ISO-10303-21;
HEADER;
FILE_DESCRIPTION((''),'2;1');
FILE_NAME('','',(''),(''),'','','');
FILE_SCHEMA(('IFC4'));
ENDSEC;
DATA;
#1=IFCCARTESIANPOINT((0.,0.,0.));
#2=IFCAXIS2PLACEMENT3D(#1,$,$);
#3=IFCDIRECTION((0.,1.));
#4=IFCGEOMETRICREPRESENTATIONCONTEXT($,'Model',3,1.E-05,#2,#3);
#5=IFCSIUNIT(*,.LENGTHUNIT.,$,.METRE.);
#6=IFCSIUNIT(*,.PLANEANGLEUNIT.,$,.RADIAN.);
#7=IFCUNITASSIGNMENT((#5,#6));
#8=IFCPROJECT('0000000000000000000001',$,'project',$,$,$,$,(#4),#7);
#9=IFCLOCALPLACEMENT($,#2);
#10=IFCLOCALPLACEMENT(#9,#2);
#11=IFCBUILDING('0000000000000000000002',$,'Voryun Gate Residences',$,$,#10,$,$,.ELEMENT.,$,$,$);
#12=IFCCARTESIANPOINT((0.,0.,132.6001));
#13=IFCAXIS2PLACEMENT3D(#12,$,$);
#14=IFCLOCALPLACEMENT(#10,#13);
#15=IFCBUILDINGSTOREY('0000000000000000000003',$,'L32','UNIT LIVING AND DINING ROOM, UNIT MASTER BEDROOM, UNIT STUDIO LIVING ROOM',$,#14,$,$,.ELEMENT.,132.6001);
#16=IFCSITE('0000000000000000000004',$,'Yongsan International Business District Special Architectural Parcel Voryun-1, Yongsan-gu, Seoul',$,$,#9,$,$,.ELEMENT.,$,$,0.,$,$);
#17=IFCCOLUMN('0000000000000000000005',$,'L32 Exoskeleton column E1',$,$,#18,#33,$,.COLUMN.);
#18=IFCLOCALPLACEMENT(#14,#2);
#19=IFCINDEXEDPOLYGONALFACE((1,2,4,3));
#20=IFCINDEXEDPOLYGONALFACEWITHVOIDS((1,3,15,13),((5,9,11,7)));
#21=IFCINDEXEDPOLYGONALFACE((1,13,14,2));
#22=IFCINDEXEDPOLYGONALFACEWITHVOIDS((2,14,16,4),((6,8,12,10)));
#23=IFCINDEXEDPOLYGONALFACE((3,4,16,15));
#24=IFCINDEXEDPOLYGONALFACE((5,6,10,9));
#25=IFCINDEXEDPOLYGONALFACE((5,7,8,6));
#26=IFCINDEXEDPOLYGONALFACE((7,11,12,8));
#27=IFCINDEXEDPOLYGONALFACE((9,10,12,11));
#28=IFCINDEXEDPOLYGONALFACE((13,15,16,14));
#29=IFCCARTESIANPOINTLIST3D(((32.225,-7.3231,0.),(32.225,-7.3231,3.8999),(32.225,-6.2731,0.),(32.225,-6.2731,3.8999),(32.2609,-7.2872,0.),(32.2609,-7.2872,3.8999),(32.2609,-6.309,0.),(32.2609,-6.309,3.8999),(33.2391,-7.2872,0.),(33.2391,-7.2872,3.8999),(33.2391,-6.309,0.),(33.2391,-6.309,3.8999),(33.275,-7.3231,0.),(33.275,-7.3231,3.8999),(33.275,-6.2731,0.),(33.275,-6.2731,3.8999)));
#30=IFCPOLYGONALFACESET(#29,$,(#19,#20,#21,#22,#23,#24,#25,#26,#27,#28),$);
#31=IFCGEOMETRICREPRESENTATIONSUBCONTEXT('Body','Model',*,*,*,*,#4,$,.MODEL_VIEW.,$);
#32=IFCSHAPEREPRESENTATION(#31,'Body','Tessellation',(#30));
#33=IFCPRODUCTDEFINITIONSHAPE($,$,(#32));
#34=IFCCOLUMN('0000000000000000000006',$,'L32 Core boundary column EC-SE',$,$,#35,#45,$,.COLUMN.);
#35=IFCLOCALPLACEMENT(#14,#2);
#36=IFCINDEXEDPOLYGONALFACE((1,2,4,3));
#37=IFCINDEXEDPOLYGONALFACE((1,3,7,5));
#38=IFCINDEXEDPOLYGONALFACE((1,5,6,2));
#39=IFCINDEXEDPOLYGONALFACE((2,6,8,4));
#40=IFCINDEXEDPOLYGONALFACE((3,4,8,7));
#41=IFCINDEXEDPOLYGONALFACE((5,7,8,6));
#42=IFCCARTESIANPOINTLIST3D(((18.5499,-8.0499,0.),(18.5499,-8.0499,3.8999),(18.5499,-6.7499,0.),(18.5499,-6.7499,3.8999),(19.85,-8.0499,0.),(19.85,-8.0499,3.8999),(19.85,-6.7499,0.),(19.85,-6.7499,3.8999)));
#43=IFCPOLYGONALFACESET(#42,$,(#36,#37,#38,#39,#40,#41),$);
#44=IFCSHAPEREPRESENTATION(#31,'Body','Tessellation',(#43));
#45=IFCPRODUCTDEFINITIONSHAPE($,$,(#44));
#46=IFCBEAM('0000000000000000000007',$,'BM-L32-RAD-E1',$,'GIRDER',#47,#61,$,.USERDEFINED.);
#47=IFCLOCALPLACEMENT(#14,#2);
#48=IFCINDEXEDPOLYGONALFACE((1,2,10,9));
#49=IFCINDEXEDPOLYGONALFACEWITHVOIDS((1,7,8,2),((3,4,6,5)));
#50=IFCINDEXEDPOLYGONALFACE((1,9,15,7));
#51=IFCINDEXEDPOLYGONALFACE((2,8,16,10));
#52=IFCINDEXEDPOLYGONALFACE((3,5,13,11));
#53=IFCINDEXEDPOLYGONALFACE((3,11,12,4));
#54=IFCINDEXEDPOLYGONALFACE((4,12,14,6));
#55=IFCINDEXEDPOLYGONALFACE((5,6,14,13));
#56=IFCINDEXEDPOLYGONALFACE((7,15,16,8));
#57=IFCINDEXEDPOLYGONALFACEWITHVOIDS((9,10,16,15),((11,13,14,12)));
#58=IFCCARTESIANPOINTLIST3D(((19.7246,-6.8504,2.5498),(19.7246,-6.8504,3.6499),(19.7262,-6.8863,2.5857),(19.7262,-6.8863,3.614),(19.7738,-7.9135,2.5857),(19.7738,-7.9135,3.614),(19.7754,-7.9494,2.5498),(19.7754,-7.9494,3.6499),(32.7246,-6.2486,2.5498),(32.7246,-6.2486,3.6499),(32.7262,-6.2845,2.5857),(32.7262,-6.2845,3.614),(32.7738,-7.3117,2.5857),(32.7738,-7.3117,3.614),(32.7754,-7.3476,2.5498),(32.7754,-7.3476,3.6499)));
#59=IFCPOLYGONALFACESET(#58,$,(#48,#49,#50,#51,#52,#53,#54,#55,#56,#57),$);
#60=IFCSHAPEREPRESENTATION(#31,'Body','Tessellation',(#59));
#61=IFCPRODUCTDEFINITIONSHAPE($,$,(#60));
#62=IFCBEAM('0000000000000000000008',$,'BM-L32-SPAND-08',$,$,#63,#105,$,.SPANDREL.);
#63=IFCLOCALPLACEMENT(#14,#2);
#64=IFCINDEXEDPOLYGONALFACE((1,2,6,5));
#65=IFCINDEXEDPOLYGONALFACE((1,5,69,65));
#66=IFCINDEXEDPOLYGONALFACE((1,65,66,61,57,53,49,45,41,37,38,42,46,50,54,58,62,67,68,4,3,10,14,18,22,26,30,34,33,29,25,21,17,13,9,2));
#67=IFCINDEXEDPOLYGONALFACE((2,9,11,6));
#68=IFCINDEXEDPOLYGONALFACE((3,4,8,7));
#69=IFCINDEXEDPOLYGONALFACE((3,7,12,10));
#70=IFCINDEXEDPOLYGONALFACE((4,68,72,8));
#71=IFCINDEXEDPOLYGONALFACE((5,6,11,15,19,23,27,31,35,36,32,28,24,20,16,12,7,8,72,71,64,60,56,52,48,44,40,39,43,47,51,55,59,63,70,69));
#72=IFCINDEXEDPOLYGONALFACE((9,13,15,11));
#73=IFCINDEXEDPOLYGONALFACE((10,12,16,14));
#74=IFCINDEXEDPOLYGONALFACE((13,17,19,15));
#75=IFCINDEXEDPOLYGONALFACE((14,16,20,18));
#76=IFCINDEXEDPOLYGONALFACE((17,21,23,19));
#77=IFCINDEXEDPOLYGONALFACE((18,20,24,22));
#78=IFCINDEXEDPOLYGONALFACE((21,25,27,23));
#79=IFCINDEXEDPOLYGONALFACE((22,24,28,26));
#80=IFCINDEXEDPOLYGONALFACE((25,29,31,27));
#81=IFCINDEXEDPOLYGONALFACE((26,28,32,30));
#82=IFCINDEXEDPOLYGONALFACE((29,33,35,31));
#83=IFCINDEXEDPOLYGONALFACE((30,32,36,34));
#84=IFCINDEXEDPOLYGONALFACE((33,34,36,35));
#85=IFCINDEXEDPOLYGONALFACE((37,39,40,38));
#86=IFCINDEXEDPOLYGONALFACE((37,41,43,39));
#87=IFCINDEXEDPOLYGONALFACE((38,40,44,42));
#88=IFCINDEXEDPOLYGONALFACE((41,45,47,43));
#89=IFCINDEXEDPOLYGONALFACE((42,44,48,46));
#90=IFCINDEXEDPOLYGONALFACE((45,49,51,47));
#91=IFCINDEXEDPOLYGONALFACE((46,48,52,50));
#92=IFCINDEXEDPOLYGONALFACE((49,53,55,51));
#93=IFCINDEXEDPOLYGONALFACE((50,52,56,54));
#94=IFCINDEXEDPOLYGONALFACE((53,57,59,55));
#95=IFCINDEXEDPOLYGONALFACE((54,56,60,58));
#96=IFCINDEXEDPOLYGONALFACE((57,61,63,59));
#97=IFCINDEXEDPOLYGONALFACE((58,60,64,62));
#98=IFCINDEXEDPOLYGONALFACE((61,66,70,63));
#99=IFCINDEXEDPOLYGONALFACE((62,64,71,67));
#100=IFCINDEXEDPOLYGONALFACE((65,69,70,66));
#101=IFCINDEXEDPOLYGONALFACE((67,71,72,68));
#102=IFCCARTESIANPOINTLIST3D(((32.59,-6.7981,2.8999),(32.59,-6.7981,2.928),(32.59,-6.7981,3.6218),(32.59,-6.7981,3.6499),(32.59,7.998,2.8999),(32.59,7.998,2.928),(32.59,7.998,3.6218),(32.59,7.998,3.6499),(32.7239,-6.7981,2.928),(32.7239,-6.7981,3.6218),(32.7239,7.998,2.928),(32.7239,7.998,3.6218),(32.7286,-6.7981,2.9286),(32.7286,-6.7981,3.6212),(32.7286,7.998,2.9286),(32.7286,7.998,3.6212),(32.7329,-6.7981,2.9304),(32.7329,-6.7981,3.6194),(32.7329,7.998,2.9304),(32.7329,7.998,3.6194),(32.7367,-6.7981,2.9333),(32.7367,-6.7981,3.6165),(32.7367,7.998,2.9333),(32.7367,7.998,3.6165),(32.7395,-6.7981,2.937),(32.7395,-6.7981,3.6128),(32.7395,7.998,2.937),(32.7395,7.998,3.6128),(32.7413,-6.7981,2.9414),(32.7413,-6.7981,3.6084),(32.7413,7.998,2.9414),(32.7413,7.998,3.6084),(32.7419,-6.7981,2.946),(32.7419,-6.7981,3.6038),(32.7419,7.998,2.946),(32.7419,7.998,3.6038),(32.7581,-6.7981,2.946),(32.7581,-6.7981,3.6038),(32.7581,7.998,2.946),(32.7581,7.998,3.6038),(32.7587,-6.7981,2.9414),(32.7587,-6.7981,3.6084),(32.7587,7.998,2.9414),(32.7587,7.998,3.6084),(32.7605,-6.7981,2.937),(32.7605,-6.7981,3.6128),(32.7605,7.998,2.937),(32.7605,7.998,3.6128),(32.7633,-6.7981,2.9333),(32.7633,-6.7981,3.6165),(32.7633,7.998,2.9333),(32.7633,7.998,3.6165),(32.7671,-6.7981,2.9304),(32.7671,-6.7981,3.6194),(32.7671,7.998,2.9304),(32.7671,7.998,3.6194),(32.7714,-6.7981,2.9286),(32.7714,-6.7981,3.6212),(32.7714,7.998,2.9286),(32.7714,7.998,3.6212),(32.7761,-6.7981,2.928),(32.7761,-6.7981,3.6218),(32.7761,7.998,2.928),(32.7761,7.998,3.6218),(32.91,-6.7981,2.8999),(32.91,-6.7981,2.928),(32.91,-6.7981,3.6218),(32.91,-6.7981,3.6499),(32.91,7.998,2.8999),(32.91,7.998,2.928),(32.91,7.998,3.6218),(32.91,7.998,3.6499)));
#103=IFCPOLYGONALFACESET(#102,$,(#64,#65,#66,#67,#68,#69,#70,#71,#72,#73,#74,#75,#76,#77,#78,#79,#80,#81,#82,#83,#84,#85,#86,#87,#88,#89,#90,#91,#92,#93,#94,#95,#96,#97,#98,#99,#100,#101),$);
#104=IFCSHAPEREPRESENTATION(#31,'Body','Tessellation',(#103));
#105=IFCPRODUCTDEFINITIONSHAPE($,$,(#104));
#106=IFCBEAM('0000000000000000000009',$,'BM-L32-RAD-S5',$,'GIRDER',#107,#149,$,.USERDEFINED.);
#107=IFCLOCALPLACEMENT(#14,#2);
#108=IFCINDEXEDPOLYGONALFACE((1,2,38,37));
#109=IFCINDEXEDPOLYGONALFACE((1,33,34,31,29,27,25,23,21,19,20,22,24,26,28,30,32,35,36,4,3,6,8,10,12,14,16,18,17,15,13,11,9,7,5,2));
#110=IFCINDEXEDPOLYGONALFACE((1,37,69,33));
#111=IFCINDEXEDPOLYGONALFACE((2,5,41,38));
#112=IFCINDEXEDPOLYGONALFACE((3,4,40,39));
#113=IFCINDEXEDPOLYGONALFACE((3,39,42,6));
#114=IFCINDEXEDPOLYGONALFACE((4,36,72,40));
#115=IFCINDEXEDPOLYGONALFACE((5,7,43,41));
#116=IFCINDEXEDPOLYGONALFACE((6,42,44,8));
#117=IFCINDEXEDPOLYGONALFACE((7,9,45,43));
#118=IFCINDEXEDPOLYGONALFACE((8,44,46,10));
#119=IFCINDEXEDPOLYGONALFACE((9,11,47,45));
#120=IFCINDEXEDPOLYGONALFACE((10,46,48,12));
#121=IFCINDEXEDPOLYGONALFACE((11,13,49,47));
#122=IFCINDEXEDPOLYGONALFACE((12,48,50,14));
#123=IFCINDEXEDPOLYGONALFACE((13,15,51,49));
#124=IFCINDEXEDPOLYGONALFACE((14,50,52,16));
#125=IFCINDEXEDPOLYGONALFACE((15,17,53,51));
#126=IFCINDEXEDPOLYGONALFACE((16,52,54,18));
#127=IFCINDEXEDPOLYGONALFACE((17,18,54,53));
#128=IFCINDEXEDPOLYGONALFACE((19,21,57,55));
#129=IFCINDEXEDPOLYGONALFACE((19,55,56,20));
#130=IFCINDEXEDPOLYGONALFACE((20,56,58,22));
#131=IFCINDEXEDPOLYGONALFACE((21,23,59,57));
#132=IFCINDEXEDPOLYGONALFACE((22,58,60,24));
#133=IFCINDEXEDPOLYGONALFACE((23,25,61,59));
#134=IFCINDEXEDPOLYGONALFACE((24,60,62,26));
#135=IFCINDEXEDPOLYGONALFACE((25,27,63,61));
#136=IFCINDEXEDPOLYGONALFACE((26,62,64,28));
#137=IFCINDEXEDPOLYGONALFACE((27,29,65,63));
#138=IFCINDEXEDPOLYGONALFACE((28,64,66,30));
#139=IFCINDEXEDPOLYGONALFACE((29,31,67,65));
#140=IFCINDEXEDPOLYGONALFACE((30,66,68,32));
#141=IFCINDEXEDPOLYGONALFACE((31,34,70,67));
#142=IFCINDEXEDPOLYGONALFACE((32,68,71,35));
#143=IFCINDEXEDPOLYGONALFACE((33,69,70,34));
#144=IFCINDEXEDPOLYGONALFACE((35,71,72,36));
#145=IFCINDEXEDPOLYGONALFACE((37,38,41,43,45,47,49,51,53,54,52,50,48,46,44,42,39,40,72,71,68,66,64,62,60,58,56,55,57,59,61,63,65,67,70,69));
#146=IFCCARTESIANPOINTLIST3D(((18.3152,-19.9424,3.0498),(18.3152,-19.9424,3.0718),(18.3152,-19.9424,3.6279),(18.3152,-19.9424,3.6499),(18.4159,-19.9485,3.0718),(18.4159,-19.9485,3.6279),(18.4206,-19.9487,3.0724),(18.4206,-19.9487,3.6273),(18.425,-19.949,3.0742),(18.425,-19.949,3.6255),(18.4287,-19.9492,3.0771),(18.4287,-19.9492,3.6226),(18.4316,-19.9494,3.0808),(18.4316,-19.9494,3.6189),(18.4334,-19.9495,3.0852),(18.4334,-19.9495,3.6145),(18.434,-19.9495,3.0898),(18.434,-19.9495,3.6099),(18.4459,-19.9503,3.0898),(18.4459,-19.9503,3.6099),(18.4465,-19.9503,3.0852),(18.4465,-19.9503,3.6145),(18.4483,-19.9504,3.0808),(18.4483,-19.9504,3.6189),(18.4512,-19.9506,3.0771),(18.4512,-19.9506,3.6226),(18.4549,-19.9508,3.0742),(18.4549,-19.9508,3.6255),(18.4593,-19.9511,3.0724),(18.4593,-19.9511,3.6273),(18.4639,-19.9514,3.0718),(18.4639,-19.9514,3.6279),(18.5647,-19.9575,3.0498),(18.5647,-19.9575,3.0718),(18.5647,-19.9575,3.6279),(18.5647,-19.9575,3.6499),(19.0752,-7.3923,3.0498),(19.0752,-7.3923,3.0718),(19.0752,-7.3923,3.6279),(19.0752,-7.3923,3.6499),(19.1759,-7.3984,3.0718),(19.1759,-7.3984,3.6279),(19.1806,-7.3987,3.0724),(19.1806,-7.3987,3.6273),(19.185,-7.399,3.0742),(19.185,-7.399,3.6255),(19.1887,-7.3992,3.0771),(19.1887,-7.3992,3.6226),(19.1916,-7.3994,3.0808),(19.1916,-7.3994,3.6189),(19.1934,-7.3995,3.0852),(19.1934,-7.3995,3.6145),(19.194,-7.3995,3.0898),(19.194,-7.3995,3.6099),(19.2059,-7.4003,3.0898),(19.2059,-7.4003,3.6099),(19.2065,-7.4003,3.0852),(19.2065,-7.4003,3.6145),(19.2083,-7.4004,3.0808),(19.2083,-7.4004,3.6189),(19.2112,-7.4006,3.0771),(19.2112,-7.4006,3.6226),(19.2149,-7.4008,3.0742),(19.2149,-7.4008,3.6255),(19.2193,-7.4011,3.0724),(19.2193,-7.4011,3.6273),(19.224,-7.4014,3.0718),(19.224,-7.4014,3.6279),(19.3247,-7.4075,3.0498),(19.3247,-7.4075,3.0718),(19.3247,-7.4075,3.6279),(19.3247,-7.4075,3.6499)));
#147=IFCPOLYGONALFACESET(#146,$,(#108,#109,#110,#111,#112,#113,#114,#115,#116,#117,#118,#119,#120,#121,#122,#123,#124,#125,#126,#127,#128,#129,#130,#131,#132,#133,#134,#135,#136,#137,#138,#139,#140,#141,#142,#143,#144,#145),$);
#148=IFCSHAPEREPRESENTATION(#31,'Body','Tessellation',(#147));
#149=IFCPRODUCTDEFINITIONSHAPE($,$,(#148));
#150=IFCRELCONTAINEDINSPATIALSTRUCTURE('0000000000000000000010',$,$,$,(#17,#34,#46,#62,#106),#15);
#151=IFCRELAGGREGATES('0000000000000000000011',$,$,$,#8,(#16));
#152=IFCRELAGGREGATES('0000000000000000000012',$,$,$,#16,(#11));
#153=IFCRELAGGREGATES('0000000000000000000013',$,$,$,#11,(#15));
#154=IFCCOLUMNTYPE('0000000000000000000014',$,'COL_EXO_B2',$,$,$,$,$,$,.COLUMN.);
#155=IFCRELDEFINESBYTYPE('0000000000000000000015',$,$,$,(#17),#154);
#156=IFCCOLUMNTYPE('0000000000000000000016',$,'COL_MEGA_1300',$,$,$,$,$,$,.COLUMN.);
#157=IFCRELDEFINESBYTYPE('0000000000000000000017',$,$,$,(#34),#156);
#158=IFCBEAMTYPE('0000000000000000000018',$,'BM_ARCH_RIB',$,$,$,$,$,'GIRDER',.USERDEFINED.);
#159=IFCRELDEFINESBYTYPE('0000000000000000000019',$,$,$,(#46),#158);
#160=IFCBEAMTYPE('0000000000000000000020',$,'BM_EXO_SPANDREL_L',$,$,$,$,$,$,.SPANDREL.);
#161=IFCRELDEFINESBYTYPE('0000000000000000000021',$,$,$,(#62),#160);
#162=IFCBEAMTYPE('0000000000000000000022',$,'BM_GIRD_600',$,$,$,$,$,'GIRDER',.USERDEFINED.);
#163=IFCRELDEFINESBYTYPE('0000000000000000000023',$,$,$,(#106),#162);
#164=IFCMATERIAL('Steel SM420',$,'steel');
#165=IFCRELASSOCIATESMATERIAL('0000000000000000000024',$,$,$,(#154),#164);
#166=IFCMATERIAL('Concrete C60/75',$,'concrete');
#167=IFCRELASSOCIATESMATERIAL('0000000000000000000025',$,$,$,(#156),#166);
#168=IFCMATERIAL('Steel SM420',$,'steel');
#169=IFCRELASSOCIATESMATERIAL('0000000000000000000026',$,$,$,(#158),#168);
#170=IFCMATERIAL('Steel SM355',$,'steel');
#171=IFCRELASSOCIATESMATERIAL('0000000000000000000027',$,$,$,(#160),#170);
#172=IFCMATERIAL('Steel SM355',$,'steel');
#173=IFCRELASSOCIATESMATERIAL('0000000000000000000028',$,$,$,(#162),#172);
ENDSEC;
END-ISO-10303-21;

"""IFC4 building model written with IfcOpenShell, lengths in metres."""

from ifc_helpers import new_model, si_unit, direction, frame, origin, origin_2d, place, context, subcontext, project, spatial, rectangle, hollow_rectangle, i_section, extrude, material, material_profile, profile_set, type_object, element, save


model = new_model("IFC4")

# Units and contexts
model_context = context("Model", 3, precision=1e-05, world=origin(), true_north=direction((0.0, 1.0)))
body_context = subcontext(model_context, "Body", "Model", "MODEL_VIEW")
ifc_project = project(units=[si_unit("LENGTHUNIT", "METRE"), si_unit("PLANEANGLEUNIT", "RADIAN")], contexts=[model_context])

# Site, building, storey
site_placement = place(None, origin())
site = spatial("IfcSite", under=ifc_project, at=site_placement, Name="Yongsan International Business District Special Architectural Parcel Voryun-1, Yongsan-gu, Seoul", CompositionType="ELEMENT", RefElevation=0.0)
building_placement = place(site_placement, origin())
building = spatial("IfcBuilding", under=site, at=building_placement, Name="Voryun Gate Residences", CompositionType="ELEMENT")
storey_placement = place(building_placement, frame((0.0, 0.0, 132.6001)))
storey = spatial("IfcBuildingStorey", under=building, at=storey_placement, Name="L32", Description="UNIT LIVING AND DINING ROOM, UNIT MASTER BEDROOM, UNIT STUDIO LIVING ROOM", CompositionType="ELEMENT", Elevation=132.6001)

# Columns
ifc_material_1 = material(Name="Steel SM420", Category="steel")
ifc_material_profile_1 = material_profile(ifc_material_1, hollow_rectangle(XDim=1.05, YDim=1.05, WallThickness=0.0359, at=origin_2d()), Name="BOX-1050x1050x36")
ifc_profile_set_1 = profile_set([ifc_material_profile_1], Name="Steel SM420")
column_type_1 = type_object("IfcColumnType", Name="COL_EXO_B2", PredefinedType="COLUMN", material=ifc_profile_set_1)
column_1_placement = place(storey_placement, frame((32.75, -6.7981, 0.0), z_axis=(0.0, 0.0, 1.0), x_axis=(1.0, 0.0, 0.0)))
element("IfcColumn", 1, at=column_1_placement, inside=storey, type_object=column_type_1, Name="L32 Exoskeleton column E1", PredefinedType="COLUMN", context=body_context, shape_type="SweptSolid", body=[
    extrude(hollow_rectangle(XDim=1.05, YDim=1.05, WallThickness=0.0359, at=origin_2d()), origin(), (0.0, 0.0, 1.0), 3.8999),
])
ifc_material_2 = material(Name="Concrete C60/75", Category="concrete")
ifc_material_profile_2 = material_profile(ifc_material_2, rectangle(XDim=1.3, YDim=1.3, at=origin_2d()), Name="RC-1300x1300")
ifc_profile_set_2 = profile_set([ifc_material_profile_2], Name="Concrete C60/75")
column_type_2 = type_object("IfcColumnType", Name="COL_MEGA_1300", PredefinedType="COLUMN", material=ifc_profile_set_2)
column_2_placement = place(storey_placement, frame((19.2, -7.3999, 0.0), z_axis=(0.0, 0.0, 1.0), x_axis=(1.0, 0.0, 0.0)))
element("IfcColumn", 2, at=column_2_placement, inside=storey, type_object=column_type_2, Name="L32 Core boundary column EC-SE", PredefinedType="COLUMN", context=body_context, shape_type="SweptSolid", body=[
    extrude(rectangle(XDim=1.3, YDim=1.3, at=origin_2d()), origin(), (0.0, 0.0, 1.0), 3.8999),
])

# Beams
ifc_material_3 = material(Name="Steel SM420", Category="steel")
ifc_material_profile_3 = material_profile(ifc_material_3, hollow_rectangle(XDim=1.1001, YDim=1.1001, WallThickness=0.0359, at=origin_2d()), Name="BOX-1100x1100x36")
ifc_profile_set_3 = profile_set([ifc_material_profile_3], Name="Steel SM420")
beam_type_1 = type_object("IfcBeamType", Name="BM_ARCH_RIB", ElementType="GIRDER", PredefinedType="USERDEFINED", material=ifc_profile_set_3)
beam_1_placement = place(storey_placement, frame((19.75, -7.3999, 3.0999), z_axis=(0.99893, 0.046243, 0.0), x_axis=(-0.046243, 0.99893, 0.0)))
element("IfcBeam", 3, at=beam_1_placement, inside=storey, type_object=beam_type_1, Name="BM-L32-RAD-E1", ObjectType="GIRDER", PredefinedType="USERDEFINED", context=body_context, shape_type="SweptSolid", body=[
    extrude(hollow_rectangle(XDim=1.1001, YDim=1.1001, WallThickness=0.0359, at=origin_2d()), origin(), (0.0, 0.0, 1.0), 13.0139),
])
ifc_material_4 = material(Name="Steel SM355", Category="steel")
ifc_material_profile_4 = material_profile(ifc_material_4, i_section(OverallWidth=0.3201, OverallDepth=0.75, WebThickness=0.0161, FlangeThickness=0.0281, FilletRadius=0.0181, at=origin_2d()), Name="H-750x320x16x28")
ifc_profile_set_4 = profile_set([ifc_material_profile_4], Name="Steel SM355")
beam_type_2 = type_object("IfcBeamType", Name="BM_EXO_SPANDREL_L", PredefinedType="SPANDREL", material=ifc_profile_set_4)
beam_2_placement = place(storey_placement, frame((32.75, -6.7981, 3.2749), z_axis=(0.0, 1.0, 0.0), x_axis=(-1.0, 0.0, 0.0)))
element("IfcBeam", 4, at=beam_2_placement, inside=storey, type_object=beam_type_2, Name="BM-L32-SPAND-08", PredefinedType="SPANDREL", context=body_context, shape_type="SweptSolid", body=[
    extrude(i_section(OverallWidth=0.3201, OverallDepth=0.75, WebThickness=0.0161, FlangeThickness=0.0281, FilletRadius=0.0181, at=origin_2d()), origin(), (0.0, 0.0, 1.0), 14.7961),
])
ifc_material_5 = material(Name="Steel SM355", Category="steel")
ifc_material_profile_5 = material_profile(ifc_material_5, i_section(OverallWidth=0.25, OverallDepth=0.6001, WebThickness=0.012, FlangeThickness=0.022, FilletRadius=0.0181, at=origin_2d()), Name="H-600x250x12x22")
ifc_profile_set_5 = profile_set([ifc_material_profile_5], Name="Steel SM355")
beam_type_3 = type_object("IfcBeamType", Name="BM_GIRD_600", ElementType="GIRDER", PredefinedType="USERDEFINED", material=ifc_profile_set_5)
beam_3_placement = place(storey_placement, frame((19.2, -7.3999, 3.3499), z_axis=(-0.060448, -0.998171, 0.0), x_axis=(0.998171, -0.060448, 0.0)))
element("IfcBeam", 5, at=beam_3_placement, inside=storey, type_object=beam_type_3, Name="BM-L32-RAD-S5", ObjectType="GIRDER", PredefinedType="USERDEFINED", context=body_context, shape_type="SweptSolid", body=[
    extrude(i_section(OverallWidth=0.25, OverallDepth=0.6001, WebThickness=0.012, FlangeThickness=0.022, FilletRadius=0.0181, at=origin_2d()), origin(), (0.0, 0.0, 1.0), 12.573),
])

save(model, "model.ifc")
